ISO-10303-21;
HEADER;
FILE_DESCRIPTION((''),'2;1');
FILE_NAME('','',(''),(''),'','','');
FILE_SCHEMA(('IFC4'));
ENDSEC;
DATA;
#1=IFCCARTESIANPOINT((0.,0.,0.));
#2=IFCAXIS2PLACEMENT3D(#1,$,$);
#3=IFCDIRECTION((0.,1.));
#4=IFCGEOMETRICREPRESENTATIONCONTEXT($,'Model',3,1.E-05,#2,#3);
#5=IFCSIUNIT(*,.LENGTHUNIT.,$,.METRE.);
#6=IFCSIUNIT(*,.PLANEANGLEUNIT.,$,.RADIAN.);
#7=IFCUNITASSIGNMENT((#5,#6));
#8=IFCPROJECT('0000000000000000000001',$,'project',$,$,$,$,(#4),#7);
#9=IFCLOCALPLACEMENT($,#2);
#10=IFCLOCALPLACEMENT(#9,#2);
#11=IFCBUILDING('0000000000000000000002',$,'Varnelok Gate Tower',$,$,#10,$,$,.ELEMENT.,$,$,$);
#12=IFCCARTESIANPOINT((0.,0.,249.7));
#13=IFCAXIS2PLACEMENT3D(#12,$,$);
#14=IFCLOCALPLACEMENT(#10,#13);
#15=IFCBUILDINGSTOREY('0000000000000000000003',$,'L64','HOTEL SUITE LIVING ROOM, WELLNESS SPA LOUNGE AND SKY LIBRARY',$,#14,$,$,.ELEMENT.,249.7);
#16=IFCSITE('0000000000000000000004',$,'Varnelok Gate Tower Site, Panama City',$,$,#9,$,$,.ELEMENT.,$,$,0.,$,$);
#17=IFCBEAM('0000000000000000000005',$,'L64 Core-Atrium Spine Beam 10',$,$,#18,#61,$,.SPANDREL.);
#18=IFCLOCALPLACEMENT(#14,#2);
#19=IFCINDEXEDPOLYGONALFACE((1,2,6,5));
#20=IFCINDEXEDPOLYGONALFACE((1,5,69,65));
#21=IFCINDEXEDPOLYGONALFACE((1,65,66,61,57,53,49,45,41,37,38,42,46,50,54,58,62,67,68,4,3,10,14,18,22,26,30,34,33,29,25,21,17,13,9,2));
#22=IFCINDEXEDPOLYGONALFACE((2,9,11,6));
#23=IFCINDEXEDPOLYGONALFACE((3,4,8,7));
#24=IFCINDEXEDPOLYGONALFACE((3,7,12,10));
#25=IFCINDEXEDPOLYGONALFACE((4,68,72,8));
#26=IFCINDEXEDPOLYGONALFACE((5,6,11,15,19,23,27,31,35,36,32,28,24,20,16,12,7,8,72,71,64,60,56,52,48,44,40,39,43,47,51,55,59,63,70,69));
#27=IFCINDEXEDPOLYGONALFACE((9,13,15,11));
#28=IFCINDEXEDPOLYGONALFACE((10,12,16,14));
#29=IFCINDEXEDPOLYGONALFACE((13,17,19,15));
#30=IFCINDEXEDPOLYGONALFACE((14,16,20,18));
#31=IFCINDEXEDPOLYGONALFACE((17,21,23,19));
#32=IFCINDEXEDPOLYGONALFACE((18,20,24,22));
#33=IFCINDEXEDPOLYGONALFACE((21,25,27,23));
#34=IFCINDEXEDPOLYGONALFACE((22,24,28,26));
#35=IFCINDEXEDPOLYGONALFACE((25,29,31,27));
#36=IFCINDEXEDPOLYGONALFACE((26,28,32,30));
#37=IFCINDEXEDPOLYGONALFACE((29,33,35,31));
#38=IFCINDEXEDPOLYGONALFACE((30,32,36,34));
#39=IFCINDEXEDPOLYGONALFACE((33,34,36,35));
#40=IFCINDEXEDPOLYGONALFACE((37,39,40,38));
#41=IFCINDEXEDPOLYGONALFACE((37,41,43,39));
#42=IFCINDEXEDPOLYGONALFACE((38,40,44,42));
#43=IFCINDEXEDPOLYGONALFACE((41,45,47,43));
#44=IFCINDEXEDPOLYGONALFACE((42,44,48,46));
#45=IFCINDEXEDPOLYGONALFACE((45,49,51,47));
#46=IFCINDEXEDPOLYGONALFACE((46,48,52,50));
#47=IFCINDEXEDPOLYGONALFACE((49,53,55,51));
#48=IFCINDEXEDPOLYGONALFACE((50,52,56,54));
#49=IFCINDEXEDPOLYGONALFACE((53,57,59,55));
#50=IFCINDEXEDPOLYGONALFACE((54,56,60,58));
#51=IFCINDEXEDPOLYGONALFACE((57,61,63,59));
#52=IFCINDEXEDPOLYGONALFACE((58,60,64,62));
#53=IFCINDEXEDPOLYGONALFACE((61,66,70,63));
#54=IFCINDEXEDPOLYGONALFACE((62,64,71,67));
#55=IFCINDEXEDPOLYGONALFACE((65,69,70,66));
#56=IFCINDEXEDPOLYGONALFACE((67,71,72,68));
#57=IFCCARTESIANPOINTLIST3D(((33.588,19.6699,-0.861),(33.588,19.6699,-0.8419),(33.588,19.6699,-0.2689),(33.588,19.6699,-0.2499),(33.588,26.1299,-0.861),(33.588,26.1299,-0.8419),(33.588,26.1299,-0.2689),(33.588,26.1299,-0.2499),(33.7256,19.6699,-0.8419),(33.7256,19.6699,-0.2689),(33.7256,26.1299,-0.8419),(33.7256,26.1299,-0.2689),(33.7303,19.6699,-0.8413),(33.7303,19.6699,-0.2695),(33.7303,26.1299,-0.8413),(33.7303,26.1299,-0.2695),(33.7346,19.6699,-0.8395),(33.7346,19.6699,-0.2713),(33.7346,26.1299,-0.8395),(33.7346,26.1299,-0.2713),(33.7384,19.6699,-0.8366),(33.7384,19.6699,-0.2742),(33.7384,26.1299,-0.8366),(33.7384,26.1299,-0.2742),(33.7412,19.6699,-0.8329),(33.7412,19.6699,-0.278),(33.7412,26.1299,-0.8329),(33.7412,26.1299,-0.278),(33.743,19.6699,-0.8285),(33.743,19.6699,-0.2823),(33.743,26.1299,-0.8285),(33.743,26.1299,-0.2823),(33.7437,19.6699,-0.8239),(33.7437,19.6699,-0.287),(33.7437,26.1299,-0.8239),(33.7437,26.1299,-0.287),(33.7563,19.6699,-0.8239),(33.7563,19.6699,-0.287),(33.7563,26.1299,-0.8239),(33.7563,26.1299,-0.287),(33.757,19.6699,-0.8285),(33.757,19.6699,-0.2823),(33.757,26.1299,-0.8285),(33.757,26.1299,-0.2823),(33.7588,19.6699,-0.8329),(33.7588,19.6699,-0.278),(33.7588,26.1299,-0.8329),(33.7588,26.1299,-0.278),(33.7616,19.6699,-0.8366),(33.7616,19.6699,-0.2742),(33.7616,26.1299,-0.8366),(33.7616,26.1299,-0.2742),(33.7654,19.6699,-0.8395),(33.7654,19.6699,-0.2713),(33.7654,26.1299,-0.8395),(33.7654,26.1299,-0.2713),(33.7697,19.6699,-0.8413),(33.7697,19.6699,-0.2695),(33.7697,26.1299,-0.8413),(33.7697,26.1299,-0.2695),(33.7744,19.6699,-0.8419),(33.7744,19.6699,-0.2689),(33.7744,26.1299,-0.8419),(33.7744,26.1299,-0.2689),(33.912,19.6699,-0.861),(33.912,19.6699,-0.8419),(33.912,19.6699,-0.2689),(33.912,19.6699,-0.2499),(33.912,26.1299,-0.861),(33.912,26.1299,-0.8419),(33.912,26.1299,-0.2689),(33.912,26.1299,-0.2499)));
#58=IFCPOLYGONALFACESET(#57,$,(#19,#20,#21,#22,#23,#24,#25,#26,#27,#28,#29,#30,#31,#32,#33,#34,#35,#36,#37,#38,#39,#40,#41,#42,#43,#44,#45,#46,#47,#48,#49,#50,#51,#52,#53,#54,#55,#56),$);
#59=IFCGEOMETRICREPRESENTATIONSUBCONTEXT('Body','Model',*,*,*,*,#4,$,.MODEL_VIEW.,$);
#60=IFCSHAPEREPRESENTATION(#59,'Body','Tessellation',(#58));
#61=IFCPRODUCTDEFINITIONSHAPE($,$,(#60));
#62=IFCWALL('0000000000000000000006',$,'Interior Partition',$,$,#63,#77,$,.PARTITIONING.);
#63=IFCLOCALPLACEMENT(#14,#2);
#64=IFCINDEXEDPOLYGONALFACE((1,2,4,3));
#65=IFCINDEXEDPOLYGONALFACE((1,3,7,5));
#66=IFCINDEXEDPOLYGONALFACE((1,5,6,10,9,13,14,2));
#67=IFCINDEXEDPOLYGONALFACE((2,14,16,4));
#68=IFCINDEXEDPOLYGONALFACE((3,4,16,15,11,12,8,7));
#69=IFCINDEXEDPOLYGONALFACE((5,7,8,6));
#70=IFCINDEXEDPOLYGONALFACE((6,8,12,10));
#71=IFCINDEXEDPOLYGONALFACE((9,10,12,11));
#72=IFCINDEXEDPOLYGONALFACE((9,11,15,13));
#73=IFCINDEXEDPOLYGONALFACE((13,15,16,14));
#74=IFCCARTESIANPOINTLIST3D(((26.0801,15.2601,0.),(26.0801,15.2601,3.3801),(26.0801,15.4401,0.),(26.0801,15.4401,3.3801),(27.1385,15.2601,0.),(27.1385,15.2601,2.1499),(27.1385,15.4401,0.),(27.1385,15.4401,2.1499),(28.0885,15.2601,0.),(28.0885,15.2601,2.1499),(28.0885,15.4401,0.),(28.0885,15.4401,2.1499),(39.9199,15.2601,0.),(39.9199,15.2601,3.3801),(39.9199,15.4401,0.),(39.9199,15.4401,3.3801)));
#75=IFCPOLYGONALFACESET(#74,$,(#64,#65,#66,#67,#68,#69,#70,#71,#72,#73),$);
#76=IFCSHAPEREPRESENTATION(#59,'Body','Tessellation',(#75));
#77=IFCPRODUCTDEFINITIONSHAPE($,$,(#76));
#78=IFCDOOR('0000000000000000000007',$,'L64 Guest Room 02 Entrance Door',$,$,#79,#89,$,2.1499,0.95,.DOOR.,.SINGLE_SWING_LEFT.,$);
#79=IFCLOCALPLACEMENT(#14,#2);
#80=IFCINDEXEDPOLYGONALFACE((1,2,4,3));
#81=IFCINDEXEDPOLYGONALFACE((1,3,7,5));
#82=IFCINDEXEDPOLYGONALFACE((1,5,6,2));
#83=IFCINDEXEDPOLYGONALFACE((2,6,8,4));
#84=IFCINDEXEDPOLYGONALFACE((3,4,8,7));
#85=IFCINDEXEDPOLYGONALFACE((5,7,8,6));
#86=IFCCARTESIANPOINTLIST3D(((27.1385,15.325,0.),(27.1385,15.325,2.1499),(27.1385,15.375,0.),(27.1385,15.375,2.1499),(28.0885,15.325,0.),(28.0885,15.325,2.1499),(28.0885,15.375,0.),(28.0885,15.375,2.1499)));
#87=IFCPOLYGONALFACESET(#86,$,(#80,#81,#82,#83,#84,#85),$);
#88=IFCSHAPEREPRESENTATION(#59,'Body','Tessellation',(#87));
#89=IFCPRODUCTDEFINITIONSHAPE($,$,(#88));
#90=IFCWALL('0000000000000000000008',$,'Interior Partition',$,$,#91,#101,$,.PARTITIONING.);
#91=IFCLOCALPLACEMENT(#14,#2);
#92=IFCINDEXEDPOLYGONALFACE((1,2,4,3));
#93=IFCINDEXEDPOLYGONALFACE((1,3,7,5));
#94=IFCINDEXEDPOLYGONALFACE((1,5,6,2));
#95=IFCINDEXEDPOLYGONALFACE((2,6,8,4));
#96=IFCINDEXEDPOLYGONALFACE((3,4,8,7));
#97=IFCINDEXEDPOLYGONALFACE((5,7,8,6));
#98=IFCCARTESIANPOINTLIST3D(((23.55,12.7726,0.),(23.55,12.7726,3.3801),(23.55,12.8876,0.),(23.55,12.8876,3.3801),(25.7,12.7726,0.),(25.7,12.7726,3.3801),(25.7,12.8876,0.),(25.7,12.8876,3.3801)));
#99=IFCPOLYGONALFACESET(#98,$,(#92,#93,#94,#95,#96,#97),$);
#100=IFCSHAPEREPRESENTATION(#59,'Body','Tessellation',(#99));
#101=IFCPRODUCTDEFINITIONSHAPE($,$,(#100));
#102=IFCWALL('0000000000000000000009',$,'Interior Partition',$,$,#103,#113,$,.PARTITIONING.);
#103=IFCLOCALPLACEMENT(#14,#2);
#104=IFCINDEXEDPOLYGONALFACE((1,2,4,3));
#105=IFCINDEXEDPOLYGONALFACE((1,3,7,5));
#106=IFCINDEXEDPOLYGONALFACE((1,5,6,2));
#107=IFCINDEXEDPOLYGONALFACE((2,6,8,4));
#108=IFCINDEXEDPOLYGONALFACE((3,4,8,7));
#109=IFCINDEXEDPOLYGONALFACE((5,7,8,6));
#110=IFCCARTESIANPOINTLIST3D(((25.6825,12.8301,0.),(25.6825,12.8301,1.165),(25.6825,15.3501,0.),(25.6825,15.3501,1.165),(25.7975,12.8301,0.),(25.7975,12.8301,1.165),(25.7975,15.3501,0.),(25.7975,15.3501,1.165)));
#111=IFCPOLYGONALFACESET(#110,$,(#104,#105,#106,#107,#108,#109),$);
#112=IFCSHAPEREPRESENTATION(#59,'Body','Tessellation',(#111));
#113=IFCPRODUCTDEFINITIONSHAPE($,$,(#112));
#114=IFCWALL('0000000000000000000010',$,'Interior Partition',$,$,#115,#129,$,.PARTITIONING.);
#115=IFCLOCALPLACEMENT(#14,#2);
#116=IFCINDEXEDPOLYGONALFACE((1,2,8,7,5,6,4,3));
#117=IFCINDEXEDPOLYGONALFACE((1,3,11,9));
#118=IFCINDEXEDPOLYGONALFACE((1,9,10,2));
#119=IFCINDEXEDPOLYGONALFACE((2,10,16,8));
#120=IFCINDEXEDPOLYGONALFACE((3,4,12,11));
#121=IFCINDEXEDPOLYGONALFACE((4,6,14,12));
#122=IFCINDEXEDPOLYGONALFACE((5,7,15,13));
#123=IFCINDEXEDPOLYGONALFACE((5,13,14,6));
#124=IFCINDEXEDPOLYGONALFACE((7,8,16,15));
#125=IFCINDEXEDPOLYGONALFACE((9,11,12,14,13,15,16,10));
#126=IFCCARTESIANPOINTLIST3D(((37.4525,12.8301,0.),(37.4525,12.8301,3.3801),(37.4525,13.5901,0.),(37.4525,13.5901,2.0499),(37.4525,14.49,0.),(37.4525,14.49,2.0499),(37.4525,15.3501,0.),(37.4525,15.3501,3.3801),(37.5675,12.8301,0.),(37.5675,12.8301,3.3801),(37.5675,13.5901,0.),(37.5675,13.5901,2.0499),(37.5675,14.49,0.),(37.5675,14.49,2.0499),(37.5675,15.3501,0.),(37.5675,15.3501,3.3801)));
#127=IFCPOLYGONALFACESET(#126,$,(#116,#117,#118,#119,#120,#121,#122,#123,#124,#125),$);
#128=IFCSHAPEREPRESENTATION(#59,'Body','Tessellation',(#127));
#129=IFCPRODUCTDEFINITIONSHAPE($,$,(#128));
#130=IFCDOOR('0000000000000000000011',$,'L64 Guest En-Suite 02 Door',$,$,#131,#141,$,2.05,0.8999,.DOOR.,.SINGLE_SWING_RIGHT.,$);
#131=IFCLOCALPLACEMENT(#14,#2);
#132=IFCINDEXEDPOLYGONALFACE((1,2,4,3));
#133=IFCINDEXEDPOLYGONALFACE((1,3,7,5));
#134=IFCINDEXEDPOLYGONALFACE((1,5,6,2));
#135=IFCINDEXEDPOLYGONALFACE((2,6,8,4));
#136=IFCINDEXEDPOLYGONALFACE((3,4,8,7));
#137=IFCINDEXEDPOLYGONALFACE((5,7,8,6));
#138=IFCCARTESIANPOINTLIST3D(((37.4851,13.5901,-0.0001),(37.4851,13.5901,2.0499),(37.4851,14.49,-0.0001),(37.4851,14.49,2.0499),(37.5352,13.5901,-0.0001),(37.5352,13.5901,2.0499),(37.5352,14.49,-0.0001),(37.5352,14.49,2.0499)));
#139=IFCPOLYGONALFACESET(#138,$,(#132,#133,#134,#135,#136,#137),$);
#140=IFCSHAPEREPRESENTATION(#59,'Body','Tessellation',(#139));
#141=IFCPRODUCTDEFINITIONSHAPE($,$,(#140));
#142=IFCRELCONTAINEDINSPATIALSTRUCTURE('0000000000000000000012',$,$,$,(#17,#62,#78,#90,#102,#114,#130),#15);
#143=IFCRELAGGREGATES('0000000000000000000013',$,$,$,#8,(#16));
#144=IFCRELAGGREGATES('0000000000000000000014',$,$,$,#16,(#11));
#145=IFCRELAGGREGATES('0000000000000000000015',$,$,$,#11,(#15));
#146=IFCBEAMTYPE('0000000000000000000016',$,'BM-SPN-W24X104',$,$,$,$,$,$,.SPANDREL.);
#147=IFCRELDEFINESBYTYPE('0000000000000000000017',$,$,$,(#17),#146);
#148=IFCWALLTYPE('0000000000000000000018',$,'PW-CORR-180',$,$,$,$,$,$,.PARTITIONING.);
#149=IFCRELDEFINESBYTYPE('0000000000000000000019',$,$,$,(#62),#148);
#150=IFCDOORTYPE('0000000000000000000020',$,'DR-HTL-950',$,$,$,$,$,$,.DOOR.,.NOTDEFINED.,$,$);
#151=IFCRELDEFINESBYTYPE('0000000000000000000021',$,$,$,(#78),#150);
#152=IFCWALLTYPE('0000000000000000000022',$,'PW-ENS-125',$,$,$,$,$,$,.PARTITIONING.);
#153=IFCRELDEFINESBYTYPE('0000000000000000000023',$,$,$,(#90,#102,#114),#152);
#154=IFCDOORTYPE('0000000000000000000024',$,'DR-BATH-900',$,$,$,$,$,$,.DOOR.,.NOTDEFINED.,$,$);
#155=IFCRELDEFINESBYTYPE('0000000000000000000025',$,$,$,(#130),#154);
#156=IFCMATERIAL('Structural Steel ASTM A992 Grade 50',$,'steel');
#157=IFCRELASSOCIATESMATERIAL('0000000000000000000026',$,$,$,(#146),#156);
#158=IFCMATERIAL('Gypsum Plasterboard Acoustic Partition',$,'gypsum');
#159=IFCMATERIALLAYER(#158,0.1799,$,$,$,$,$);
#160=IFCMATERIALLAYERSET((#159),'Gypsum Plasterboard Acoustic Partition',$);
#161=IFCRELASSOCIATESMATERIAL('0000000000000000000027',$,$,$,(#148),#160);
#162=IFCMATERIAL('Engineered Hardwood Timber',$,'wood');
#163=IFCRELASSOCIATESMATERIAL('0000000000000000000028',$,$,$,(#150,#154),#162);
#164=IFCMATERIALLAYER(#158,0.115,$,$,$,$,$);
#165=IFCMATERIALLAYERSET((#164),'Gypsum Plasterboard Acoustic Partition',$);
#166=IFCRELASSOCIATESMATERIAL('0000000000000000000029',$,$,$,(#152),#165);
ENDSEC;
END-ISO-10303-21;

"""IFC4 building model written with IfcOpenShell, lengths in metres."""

from ifc_helpers import new_model, si_unit, direction, frame, frame_2d, origin, origin_2d, place, context, subcontext, project, spatial, rectangle, i_section, extrude, material, layer, layer_set, material_profile, profile_set, type_object, element, fill, save


model = new_model("IFC4")

# Units and contexts
model_context = context("Model", 3, precision=1e-05, world=origin(), true_north=direction((0.0, 1.0)))
body_context = subcontext(model_context, "Body", "Model", "MODEL_VIEW")
ifc_project = project(units=[si_unit("LENGTHUNIT", "METRE"), si_unit("PLANEANGLEUNIT", "RADIAN")], contexts=[model_context])

# Site, building, storey
site_placement = place(None, origin())
site = spatial("IfcSite", under=ifc_project, at=site_placement, Name="Varnelok Gate Tower Site, Panama City", CompositionType="ELEMENT", RefElevation=0.0)
building_placement = place(site_placement, origin())
building = spatial("IfcBuilding", under=site, at=building_placement, Name="Varnelok Gate Tower", CompositionType="ELEMENT")
storey_placement = place(building_placement, frame((0.0, 0.0, 249.7)))
storey = spatial("IfcBuildingStorey", under=building, at=storey_placement, Name="L64", Description="HOTEL SUITE LIVING ROOM, WELLNESS SPA LOUNGE AND SKY LIBRARY", CompositionType="ELEMENT", Elevation=249.7)

# Shared definitions
ifc_material_1 = material(Name="Structural Steel ASTM A992 Grade 50", Category="steel")

# Beam
ifc_material_profile_1 = material_profile(ifc_material_1, i_section(OverallWidth=0.324, OverallDepth=0.6111, WebThickness=0.0127, FlangeThickness=0.019, FilletRadius=0.0181, at=origin_2d()), Name="W24X104")
ifc_profile_set_1 = profile_set([ifc_material_profile_1], Name="Structural Steel ASTM A992 Grade 50")
beam_type_1 = type_object("IfcBeamType", Name="BM-SPN-W24X104", PredefinedType="SPANDREL", material=ifc_profile_set_1)
beam_1_placement = place(storey_placement, frame((33.75, 19.6699, -0.5554), z_axis=(0.0, 1.0, 0.0), x_axis=(-1.0, 0.0, 0.0)))
element("IfcBeam", 1, at=beam_1_placement, inside=storey, type_object=beam_type_1, Name="L64 Core-Atrium Spine Beam 10", PredefinedType="SPANDREL", context=body_context, shape_type="SweptSolid", body=[
    extrude(i_section(OverallWidth=0.324, OverallDepth=0.6111, WebThickness=0.0127, FlangeThickness=0.019, FilletRadius=0.0181, at=origin_2d()), origin(), (0.0, 0.0, 1.0), 6.46),
])

# Wall, opening, door
ifc_material_2 = material(Name="Gypsum Plasterboard Acoustic Partition", Category="gypsum")
ifc_layer_1 = layer(ifc_material_2, 0.1799)
ifc_layer_set_1 = layer_set([ifc_layer_1], Name="Gypsum Plasterboard Acoustic Partition")
wall_type_1 = type_object("IfcWallType", Name="PW-CORR-180", PredefinedType="PARTITIONING", material=ifc_layer_set_1)
wall_1_placement = place(storey_placement, frame((26.0801, 15.3501, 0.0), z_axis=(0.0, 0.0, 1.0), x_axis=(1.0, 0.0, 0.0)))
wall_1 = element("IfcWall", 2, at=wall_1_placement, inside=storey, type_object=wall_type_1, Name="Interior Partition", PredefinedType="PARTITIONING", context=body_context, shape_type="SweptSolid", body=[
    extrude(rectangle(XDim=13.8398, YDim=0.1799, at=frame_2d((6.9199, 0.0))), origin(), (0.0, 0.0, 1.0), 3.3801),
])
opening_1_placement = place(wall_1_placement, frame((1.0583, 0.0, 0.0)))
opening_1 = element("IfcOpeningElement", 3, at=opening_1_placement, cuts=wall_1, PredefinedType="OPENING", context=body_context, shape_type="SweptSolid", body=[
    extrude(rectangle(XDim=0.95, YDim=2.1499, at=frame_2d((0.4751, 1.075))), frame((0.0, 0.0999, 0.0), z_axis=(0.0, -1.0, 0.0), x_axis=(1.0, 0.0, 0.0)), (0.0, 0.0, 1.0), 0.2),
])
ifc_material_3 = material(Name="Engineered Hardwood Timber", Category="wood")
door_type_1 = type_object("IfcDoorType", Name="DR-HTL-950", OperationType="NOTDEFINED", PredefinedType="DOOR", material=ifc_material_3)
door_1_placement = place(opening_1_placement, origin())
door_1 = element("IfcDoor", 4, at=door_1_placement, inside=storey, type_object=door_type_1, Name="L64 Guest Room 02 Entrance Door", OperationType="SINGLE_SWING_LEFT", OverallHeight=2.1499, OverallWidth=0.95, PredefinedType="DOOR", context=body_context, shape_type="SweptSolid", body=[
    extrude(rectangle(XDim=0.95, YDim=2.1499, at=frame_2d((0.4751, 1.075))), frame((0.0, 0.0249, 0.0), z_axis=(0.0, -1.0, 0.0), x_axis=(1.0, 0.0, 0.0)), (0.0, 0.0, 1.0), 0.05),
])
fill(opening_1, door_1)

# Walls
ifc_layer_2 = layer(ifc_material_2, 0.115)
ifc_layer_set_2 = layer_set([ifc_layer_2], Name="Gypsum Plasterboard Acoustic Partition")
wall_type_2 = type_object("IfcWallType", Name="PW-ENS-125", PredefinedType="PARTITIONING", material=ifc_layer_set_2)
wall_2_placement = place(storey_placement, frame((23.55, 12.8301, 0.0), z_axis=(0.0, 0.0, 1.0), x_axis=(1.0, 0.0, 0.0)))
element("IfcWall", 5, at=wall_2_placement, inside=storey, type_object=wall_type_2, Name="Interior Partition", PredefinedType="PARTITIONING", context=body_context, shape_type="SweptSolid", body=[
    extrude(rectangle(XDim=2.1499, YDim=0.115, at=frame_2d((1.075, 0.0))), origin(), (0.0, 0.0, 1.0), 3.3801),
])
wall_3_placement = place(storey_placement, frame((25.74, 12.8301, 0.0), z_axis=(0.0, 0.0, 1.0), x_axis=(0.0, 1.0, 0.0)))
element("IfcWall", 6, at=wall_3_placement, inside=storey, type_object=wall_type_2, Name="Interior Partition", PredefinedType="PARTITIONING", context=body_context, shape_type="SweptSolid", body=[
    extrude(rectangle(XDim=2.52, YDim=0.115, at=frame_2d((1.26, 0.0))), origin(), (0.0, 0.0, 1.0), 1.165),
])

# Wall, opening, door
wall_4_placement = place(storey_placement, frame((37.51, 12.8301, 0.0), z_axis=(0.0, 0.0, 1.0), x_axis=(0.0, 1.0, 0.0)))
wall_4 = element("IfcWall", 7, at=wall_4_placement, inside=storey, type_object=wall_type_2, Name="Interior Partition", PredefinedType="PARTITIONING", context=body_context, shape_type="SweptSolid", body=[
    extrude(rectangle(XDim=2.52, YDim=0.115, at=frame_2d((1.26, 0.0))), origin(), (0.0, 0.0, 1.0), 3.3801),
])
opening_2_placement = place(wall_4_placement, frame((0.76, 0.0, 0.0)))
opening_2 = element("IfcOpeningElement", 8, at=opening_2_placement, cuts=wall_4, PredefinedType="OPENING", context=body_context, shape_type="SweptSolid", body=[
    extrude(rectangle(XDim=0.8999, YDim=2.05, at=frame_2d((0.45, 1.0249))), frame((0.0, 0.0674, 0.0), z_axis=(0.0, -1.0, 0.0), x_axis=(1.0, 0.0, 0.0)), (0.0, 0.0, 1.0), 0.135),
])
door_type_2 = type_object("IfcDoorType", Name="DR-BATH-900", OperationType="NOTDEFINED", PredefinedType="DOOR", material=ifc_material_3)
door_2_placement = place(opening_2_placement, origin())
door_2 = element("IfcDoor", 9, at=door_2_placement, inside=storey, type_object=door_type_2, Name="L64 Guest En-Suite 02 Door", OperationType="SINGLE_SWING_RIGHT", OverallHeight=2.05, OverallWidth=0.8999, PredefinedType="DOOR", context=body_context, shape_type="SweptSolid", body=[
    extrude(rectangle(XDim=0.8999, YDim=2.05, at=frame_2d((0.45, 1.0249))), frame((0.0, 0.0249, 0.0), z_axis=(0.0, -1.0, 0.0), x_axis=(1.0, 0.0, 0.0)), (0.0, 0.0, 1.0), 0.05),
])
fill(opening_2, door_2)

save(model, "model.ifc")
